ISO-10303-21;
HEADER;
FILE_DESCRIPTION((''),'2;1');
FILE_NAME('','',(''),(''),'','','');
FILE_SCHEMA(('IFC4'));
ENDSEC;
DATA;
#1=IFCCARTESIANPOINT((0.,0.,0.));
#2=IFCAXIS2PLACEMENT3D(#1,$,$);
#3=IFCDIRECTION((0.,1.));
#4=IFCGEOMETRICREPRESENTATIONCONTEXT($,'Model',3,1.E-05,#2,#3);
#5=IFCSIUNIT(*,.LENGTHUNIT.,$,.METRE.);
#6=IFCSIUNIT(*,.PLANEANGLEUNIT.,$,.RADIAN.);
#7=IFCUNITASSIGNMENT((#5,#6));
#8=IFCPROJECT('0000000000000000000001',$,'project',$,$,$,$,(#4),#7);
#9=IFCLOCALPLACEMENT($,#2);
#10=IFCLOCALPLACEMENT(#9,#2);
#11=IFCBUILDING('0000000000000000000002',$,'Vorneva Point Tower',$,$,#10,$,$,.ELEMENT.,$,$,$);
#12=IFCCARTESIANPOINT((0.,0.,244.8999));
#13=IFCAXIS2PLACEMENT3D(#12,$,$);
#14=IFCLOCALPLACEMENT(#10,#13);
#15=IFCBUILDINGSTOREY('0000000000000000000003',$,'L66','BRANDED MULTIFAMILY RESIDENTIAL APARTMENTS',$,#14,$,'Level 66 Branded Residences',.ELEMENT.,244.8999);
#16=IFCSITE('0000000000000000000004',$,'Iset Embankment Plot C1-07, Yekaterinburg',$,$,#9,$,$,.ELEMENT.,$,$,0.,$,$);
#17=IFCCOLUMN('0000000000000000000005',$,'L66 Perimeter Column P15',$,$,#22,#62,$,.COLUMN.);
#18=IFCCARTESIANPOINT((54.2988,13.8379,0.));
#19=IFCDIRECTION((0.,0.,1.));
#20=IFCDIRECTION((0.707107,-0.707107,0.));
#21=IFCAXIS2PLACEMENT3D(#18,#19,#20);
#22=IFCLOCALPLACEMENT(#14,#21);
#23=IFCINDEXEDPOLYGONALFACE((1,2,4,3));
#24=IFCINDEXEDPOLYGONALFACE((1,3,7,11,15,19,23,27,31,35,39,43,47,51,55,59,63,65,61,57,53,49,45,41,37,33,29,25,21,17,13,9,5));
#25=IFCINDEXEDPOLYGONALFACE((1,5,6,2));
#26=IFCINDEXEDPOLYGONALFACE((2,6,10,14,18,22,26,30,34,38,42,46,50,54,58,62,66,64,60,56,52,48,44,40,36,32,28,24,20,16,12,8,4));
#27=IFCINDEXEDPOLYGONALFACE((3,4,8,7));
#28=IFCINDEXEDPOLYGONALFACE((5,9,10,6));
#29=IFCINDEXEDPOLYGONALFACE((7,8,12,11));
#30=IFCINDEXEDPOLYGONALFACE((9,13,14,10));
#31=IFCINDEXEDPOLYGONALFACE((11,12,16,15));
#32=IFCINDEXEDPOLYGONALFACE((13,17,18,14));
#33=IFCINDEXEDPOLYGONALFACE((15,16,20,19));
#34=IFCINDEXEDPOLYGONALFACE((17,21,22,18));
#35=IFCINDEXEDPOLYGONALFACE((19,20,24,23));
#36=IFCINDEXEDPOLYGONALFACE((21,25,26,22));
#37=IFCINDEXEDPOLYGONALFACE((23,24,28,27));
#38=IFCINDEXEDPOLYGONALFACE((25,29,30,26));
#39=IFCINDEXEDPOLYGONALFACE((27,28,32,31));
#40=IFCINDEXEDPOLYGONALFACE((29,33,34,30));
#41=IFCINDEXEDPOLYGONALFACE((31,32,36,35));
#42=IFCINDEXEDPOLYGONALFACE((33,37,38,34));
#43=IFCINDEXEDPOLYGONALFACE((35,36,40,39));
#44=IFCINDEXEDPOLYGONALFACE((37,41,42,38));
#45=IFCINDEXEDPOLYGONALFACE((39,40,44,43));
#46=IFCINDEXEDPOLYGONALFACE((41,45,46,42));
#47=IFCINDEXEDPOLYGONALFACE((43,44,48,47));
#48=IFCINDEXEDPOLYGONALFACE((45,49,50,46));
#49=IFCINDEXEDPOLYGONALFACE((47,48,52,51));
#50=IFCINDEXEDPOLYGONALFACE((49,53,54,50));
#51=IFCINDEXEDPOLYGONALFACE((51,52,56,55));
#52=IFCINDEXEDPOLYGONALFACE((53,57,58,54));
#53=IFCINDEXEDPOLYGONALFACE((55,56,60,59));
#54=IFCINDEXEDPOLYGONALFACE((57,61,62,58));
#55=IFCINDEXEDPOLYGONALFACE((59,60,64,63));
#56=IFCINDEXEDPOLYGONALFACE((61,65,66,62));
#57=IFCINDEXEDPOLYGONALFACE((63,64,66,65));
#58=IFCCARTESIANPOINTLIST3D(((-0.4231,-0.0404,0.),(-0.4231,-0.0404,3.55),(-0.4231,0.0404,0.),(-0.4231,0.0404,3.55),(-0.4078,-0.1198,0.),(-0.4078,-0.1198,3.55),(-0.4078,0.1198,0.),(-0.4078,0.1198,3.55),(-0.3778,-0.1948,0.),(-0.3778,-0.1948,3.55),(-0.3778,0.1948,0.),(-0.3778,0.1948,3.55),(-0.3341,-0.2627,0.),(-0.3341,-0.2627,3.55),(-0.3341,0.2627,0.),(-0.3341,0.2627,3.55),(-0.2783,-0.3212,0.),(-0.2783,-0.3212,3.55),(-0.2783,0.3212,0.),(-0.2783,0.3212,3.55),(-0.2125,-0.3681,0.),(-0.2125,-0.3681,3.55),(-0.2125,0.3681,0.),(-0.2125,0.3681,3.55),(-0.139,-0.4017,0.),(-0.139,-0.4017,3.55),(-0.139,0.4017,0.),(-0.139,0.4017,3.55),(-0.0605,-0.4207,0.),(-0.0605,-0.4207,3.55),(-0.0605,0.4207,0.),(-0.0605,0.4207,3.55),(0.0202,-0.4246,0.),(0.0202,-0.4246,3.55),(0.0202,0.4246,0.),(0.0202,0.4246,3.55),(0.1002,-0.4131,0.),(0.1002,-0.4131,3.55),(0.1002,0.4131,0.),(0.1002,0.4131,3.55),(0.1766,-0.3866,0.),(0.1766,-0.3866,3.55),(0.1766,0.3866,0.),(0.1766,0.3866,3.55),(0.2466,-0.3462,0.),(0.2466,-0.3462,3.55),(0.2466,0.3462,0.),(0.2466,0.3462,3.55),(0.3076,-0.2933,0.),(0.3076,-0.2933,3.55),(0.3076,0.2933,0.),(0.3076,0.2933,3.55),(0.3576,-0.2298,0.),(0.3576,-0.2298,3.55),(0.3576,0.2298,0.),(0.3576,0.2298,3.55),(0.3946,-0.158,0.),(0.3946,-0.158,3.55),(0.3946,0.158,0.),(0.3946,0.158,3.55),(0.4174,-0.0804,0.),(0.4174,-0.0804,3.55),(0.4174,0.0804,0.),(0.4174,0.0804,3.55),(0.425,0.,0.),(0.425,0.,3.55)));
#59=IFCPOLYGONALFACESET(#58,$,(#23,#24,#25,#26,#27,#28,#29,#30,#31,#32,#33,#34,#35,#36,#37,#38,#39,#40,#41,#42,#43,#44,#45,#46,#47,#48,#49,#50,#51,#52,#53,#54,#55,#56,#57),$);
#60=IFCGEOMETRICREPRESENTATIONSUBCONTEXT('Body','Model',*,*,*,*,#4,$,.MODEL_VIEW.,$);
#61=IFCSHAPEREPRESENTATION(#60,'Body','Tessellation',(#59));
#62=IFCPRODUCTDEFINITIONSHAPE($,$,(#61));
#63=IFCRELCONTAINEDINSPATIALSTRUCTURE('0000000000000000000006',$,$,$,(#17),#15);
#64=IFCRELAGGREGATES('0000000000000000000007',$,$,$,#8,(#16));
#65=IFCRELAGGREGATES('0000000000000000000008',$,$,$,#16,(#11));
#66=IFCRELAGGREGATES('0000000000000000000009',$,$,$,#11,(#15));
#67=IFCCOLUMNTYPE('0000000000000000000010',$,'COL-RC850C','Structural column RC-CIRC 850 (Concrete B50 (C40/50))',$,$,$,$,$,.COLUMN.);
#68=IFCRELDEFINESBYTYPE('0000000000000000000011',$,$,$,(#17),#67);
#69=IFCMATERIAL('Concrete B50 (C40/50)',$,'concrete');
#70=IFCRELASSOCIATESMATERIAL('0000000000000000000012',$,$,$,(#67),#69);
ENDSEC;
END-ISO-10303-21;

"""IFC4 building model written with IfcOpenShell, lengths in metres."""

from ifc_helpers import new_model, si_unit, direction, frame, origin, origin_2d, place, context, subcontext, project, spatial, circle, extrude, material, material_profile, profile_set, type_object, element, save


model = new_model("IFC4")

# Units and contexts
model_context = context("Model", 3, precision=1e-05, world=origin(), true_north=direction((0.0, 1.0)))
body_context = subcontext(model_context, "Body", "Model", "MODEL_VIEW")
ifc_project = project(units=[si_unit("LENGTHUNIT", "METRE"), si_unit("PLANEANGLEUNIT", "RADIAN")], contexts=[model_context])

# Site, building, storey
site_placement = place(None, origin())
site = spatial("IfcSite", under=ifc_project, at=site_placement, Name="Iset Embankment Plot C1-07, Yekaterinburg", CompositionType="ELEMENT", RefElevation=0.0)
building_placement = place(site_placement, origin())
building = spatial("IfcBuilding", under=site, at=building_placement, Name="Vorneva Point Tower", CompositionType="ELEMENT")
storey_placement = place(building_placement, frame((0.0, 0.0, 244.8999)))
storey = spatial("IfcBuildingStorey", under=building, at=storey_placement, Name="L66", Description="BRANDED MULTIFAMILY RESIDENTIAL APARTMENTS", LongName="Level 66 Branded Residences", CompositionType="ELEMENT", Elevation=244.8999)

# Column
ifc_material_1 = material(Name="Concrete B50 (C40/50)", Category="concrete")
ifc_material_profile_1 = material_profile(ifc_material_1, circle(Radius=0.425, at=origin_2d()), Name="RC-CIRC 850")
ifc_profile_set_1 = profile_set([ifc_material_profile_1], Name="Concrete B50 (C40/50)")
column_type = type_object("IfcColumnType", Name="COL-RC850C", Description="Structural column RC-CIRC 850 (Concrete B50 (C40/50))", PredefinedType="COLUMN", material=ifc_profile_set_1)
for number, where, z_axis, x_axis, name in (
    (1, (54.2988, 13.8379, 0.0), (0.0, 0.0, 1.0), (0.707107, -0.707107, 0.0), "L66 Perimeter Column P15"),
):
    element("IfcColumn", number, at=place(storey_placement, frame(where, z_axis=z_axis, x_axis=x_axis)), inside=storey, type_object=column_type, Name=name, PredefinedType="COLUMN", context=body_context, shape_type="SweptSolid", body=[
        extrude(circle(Radius=0.425, at=origin_2d()), origin(), (0.0, 0.0, 1.0), 3.55),
    ])

save(model, "model.ifc")
